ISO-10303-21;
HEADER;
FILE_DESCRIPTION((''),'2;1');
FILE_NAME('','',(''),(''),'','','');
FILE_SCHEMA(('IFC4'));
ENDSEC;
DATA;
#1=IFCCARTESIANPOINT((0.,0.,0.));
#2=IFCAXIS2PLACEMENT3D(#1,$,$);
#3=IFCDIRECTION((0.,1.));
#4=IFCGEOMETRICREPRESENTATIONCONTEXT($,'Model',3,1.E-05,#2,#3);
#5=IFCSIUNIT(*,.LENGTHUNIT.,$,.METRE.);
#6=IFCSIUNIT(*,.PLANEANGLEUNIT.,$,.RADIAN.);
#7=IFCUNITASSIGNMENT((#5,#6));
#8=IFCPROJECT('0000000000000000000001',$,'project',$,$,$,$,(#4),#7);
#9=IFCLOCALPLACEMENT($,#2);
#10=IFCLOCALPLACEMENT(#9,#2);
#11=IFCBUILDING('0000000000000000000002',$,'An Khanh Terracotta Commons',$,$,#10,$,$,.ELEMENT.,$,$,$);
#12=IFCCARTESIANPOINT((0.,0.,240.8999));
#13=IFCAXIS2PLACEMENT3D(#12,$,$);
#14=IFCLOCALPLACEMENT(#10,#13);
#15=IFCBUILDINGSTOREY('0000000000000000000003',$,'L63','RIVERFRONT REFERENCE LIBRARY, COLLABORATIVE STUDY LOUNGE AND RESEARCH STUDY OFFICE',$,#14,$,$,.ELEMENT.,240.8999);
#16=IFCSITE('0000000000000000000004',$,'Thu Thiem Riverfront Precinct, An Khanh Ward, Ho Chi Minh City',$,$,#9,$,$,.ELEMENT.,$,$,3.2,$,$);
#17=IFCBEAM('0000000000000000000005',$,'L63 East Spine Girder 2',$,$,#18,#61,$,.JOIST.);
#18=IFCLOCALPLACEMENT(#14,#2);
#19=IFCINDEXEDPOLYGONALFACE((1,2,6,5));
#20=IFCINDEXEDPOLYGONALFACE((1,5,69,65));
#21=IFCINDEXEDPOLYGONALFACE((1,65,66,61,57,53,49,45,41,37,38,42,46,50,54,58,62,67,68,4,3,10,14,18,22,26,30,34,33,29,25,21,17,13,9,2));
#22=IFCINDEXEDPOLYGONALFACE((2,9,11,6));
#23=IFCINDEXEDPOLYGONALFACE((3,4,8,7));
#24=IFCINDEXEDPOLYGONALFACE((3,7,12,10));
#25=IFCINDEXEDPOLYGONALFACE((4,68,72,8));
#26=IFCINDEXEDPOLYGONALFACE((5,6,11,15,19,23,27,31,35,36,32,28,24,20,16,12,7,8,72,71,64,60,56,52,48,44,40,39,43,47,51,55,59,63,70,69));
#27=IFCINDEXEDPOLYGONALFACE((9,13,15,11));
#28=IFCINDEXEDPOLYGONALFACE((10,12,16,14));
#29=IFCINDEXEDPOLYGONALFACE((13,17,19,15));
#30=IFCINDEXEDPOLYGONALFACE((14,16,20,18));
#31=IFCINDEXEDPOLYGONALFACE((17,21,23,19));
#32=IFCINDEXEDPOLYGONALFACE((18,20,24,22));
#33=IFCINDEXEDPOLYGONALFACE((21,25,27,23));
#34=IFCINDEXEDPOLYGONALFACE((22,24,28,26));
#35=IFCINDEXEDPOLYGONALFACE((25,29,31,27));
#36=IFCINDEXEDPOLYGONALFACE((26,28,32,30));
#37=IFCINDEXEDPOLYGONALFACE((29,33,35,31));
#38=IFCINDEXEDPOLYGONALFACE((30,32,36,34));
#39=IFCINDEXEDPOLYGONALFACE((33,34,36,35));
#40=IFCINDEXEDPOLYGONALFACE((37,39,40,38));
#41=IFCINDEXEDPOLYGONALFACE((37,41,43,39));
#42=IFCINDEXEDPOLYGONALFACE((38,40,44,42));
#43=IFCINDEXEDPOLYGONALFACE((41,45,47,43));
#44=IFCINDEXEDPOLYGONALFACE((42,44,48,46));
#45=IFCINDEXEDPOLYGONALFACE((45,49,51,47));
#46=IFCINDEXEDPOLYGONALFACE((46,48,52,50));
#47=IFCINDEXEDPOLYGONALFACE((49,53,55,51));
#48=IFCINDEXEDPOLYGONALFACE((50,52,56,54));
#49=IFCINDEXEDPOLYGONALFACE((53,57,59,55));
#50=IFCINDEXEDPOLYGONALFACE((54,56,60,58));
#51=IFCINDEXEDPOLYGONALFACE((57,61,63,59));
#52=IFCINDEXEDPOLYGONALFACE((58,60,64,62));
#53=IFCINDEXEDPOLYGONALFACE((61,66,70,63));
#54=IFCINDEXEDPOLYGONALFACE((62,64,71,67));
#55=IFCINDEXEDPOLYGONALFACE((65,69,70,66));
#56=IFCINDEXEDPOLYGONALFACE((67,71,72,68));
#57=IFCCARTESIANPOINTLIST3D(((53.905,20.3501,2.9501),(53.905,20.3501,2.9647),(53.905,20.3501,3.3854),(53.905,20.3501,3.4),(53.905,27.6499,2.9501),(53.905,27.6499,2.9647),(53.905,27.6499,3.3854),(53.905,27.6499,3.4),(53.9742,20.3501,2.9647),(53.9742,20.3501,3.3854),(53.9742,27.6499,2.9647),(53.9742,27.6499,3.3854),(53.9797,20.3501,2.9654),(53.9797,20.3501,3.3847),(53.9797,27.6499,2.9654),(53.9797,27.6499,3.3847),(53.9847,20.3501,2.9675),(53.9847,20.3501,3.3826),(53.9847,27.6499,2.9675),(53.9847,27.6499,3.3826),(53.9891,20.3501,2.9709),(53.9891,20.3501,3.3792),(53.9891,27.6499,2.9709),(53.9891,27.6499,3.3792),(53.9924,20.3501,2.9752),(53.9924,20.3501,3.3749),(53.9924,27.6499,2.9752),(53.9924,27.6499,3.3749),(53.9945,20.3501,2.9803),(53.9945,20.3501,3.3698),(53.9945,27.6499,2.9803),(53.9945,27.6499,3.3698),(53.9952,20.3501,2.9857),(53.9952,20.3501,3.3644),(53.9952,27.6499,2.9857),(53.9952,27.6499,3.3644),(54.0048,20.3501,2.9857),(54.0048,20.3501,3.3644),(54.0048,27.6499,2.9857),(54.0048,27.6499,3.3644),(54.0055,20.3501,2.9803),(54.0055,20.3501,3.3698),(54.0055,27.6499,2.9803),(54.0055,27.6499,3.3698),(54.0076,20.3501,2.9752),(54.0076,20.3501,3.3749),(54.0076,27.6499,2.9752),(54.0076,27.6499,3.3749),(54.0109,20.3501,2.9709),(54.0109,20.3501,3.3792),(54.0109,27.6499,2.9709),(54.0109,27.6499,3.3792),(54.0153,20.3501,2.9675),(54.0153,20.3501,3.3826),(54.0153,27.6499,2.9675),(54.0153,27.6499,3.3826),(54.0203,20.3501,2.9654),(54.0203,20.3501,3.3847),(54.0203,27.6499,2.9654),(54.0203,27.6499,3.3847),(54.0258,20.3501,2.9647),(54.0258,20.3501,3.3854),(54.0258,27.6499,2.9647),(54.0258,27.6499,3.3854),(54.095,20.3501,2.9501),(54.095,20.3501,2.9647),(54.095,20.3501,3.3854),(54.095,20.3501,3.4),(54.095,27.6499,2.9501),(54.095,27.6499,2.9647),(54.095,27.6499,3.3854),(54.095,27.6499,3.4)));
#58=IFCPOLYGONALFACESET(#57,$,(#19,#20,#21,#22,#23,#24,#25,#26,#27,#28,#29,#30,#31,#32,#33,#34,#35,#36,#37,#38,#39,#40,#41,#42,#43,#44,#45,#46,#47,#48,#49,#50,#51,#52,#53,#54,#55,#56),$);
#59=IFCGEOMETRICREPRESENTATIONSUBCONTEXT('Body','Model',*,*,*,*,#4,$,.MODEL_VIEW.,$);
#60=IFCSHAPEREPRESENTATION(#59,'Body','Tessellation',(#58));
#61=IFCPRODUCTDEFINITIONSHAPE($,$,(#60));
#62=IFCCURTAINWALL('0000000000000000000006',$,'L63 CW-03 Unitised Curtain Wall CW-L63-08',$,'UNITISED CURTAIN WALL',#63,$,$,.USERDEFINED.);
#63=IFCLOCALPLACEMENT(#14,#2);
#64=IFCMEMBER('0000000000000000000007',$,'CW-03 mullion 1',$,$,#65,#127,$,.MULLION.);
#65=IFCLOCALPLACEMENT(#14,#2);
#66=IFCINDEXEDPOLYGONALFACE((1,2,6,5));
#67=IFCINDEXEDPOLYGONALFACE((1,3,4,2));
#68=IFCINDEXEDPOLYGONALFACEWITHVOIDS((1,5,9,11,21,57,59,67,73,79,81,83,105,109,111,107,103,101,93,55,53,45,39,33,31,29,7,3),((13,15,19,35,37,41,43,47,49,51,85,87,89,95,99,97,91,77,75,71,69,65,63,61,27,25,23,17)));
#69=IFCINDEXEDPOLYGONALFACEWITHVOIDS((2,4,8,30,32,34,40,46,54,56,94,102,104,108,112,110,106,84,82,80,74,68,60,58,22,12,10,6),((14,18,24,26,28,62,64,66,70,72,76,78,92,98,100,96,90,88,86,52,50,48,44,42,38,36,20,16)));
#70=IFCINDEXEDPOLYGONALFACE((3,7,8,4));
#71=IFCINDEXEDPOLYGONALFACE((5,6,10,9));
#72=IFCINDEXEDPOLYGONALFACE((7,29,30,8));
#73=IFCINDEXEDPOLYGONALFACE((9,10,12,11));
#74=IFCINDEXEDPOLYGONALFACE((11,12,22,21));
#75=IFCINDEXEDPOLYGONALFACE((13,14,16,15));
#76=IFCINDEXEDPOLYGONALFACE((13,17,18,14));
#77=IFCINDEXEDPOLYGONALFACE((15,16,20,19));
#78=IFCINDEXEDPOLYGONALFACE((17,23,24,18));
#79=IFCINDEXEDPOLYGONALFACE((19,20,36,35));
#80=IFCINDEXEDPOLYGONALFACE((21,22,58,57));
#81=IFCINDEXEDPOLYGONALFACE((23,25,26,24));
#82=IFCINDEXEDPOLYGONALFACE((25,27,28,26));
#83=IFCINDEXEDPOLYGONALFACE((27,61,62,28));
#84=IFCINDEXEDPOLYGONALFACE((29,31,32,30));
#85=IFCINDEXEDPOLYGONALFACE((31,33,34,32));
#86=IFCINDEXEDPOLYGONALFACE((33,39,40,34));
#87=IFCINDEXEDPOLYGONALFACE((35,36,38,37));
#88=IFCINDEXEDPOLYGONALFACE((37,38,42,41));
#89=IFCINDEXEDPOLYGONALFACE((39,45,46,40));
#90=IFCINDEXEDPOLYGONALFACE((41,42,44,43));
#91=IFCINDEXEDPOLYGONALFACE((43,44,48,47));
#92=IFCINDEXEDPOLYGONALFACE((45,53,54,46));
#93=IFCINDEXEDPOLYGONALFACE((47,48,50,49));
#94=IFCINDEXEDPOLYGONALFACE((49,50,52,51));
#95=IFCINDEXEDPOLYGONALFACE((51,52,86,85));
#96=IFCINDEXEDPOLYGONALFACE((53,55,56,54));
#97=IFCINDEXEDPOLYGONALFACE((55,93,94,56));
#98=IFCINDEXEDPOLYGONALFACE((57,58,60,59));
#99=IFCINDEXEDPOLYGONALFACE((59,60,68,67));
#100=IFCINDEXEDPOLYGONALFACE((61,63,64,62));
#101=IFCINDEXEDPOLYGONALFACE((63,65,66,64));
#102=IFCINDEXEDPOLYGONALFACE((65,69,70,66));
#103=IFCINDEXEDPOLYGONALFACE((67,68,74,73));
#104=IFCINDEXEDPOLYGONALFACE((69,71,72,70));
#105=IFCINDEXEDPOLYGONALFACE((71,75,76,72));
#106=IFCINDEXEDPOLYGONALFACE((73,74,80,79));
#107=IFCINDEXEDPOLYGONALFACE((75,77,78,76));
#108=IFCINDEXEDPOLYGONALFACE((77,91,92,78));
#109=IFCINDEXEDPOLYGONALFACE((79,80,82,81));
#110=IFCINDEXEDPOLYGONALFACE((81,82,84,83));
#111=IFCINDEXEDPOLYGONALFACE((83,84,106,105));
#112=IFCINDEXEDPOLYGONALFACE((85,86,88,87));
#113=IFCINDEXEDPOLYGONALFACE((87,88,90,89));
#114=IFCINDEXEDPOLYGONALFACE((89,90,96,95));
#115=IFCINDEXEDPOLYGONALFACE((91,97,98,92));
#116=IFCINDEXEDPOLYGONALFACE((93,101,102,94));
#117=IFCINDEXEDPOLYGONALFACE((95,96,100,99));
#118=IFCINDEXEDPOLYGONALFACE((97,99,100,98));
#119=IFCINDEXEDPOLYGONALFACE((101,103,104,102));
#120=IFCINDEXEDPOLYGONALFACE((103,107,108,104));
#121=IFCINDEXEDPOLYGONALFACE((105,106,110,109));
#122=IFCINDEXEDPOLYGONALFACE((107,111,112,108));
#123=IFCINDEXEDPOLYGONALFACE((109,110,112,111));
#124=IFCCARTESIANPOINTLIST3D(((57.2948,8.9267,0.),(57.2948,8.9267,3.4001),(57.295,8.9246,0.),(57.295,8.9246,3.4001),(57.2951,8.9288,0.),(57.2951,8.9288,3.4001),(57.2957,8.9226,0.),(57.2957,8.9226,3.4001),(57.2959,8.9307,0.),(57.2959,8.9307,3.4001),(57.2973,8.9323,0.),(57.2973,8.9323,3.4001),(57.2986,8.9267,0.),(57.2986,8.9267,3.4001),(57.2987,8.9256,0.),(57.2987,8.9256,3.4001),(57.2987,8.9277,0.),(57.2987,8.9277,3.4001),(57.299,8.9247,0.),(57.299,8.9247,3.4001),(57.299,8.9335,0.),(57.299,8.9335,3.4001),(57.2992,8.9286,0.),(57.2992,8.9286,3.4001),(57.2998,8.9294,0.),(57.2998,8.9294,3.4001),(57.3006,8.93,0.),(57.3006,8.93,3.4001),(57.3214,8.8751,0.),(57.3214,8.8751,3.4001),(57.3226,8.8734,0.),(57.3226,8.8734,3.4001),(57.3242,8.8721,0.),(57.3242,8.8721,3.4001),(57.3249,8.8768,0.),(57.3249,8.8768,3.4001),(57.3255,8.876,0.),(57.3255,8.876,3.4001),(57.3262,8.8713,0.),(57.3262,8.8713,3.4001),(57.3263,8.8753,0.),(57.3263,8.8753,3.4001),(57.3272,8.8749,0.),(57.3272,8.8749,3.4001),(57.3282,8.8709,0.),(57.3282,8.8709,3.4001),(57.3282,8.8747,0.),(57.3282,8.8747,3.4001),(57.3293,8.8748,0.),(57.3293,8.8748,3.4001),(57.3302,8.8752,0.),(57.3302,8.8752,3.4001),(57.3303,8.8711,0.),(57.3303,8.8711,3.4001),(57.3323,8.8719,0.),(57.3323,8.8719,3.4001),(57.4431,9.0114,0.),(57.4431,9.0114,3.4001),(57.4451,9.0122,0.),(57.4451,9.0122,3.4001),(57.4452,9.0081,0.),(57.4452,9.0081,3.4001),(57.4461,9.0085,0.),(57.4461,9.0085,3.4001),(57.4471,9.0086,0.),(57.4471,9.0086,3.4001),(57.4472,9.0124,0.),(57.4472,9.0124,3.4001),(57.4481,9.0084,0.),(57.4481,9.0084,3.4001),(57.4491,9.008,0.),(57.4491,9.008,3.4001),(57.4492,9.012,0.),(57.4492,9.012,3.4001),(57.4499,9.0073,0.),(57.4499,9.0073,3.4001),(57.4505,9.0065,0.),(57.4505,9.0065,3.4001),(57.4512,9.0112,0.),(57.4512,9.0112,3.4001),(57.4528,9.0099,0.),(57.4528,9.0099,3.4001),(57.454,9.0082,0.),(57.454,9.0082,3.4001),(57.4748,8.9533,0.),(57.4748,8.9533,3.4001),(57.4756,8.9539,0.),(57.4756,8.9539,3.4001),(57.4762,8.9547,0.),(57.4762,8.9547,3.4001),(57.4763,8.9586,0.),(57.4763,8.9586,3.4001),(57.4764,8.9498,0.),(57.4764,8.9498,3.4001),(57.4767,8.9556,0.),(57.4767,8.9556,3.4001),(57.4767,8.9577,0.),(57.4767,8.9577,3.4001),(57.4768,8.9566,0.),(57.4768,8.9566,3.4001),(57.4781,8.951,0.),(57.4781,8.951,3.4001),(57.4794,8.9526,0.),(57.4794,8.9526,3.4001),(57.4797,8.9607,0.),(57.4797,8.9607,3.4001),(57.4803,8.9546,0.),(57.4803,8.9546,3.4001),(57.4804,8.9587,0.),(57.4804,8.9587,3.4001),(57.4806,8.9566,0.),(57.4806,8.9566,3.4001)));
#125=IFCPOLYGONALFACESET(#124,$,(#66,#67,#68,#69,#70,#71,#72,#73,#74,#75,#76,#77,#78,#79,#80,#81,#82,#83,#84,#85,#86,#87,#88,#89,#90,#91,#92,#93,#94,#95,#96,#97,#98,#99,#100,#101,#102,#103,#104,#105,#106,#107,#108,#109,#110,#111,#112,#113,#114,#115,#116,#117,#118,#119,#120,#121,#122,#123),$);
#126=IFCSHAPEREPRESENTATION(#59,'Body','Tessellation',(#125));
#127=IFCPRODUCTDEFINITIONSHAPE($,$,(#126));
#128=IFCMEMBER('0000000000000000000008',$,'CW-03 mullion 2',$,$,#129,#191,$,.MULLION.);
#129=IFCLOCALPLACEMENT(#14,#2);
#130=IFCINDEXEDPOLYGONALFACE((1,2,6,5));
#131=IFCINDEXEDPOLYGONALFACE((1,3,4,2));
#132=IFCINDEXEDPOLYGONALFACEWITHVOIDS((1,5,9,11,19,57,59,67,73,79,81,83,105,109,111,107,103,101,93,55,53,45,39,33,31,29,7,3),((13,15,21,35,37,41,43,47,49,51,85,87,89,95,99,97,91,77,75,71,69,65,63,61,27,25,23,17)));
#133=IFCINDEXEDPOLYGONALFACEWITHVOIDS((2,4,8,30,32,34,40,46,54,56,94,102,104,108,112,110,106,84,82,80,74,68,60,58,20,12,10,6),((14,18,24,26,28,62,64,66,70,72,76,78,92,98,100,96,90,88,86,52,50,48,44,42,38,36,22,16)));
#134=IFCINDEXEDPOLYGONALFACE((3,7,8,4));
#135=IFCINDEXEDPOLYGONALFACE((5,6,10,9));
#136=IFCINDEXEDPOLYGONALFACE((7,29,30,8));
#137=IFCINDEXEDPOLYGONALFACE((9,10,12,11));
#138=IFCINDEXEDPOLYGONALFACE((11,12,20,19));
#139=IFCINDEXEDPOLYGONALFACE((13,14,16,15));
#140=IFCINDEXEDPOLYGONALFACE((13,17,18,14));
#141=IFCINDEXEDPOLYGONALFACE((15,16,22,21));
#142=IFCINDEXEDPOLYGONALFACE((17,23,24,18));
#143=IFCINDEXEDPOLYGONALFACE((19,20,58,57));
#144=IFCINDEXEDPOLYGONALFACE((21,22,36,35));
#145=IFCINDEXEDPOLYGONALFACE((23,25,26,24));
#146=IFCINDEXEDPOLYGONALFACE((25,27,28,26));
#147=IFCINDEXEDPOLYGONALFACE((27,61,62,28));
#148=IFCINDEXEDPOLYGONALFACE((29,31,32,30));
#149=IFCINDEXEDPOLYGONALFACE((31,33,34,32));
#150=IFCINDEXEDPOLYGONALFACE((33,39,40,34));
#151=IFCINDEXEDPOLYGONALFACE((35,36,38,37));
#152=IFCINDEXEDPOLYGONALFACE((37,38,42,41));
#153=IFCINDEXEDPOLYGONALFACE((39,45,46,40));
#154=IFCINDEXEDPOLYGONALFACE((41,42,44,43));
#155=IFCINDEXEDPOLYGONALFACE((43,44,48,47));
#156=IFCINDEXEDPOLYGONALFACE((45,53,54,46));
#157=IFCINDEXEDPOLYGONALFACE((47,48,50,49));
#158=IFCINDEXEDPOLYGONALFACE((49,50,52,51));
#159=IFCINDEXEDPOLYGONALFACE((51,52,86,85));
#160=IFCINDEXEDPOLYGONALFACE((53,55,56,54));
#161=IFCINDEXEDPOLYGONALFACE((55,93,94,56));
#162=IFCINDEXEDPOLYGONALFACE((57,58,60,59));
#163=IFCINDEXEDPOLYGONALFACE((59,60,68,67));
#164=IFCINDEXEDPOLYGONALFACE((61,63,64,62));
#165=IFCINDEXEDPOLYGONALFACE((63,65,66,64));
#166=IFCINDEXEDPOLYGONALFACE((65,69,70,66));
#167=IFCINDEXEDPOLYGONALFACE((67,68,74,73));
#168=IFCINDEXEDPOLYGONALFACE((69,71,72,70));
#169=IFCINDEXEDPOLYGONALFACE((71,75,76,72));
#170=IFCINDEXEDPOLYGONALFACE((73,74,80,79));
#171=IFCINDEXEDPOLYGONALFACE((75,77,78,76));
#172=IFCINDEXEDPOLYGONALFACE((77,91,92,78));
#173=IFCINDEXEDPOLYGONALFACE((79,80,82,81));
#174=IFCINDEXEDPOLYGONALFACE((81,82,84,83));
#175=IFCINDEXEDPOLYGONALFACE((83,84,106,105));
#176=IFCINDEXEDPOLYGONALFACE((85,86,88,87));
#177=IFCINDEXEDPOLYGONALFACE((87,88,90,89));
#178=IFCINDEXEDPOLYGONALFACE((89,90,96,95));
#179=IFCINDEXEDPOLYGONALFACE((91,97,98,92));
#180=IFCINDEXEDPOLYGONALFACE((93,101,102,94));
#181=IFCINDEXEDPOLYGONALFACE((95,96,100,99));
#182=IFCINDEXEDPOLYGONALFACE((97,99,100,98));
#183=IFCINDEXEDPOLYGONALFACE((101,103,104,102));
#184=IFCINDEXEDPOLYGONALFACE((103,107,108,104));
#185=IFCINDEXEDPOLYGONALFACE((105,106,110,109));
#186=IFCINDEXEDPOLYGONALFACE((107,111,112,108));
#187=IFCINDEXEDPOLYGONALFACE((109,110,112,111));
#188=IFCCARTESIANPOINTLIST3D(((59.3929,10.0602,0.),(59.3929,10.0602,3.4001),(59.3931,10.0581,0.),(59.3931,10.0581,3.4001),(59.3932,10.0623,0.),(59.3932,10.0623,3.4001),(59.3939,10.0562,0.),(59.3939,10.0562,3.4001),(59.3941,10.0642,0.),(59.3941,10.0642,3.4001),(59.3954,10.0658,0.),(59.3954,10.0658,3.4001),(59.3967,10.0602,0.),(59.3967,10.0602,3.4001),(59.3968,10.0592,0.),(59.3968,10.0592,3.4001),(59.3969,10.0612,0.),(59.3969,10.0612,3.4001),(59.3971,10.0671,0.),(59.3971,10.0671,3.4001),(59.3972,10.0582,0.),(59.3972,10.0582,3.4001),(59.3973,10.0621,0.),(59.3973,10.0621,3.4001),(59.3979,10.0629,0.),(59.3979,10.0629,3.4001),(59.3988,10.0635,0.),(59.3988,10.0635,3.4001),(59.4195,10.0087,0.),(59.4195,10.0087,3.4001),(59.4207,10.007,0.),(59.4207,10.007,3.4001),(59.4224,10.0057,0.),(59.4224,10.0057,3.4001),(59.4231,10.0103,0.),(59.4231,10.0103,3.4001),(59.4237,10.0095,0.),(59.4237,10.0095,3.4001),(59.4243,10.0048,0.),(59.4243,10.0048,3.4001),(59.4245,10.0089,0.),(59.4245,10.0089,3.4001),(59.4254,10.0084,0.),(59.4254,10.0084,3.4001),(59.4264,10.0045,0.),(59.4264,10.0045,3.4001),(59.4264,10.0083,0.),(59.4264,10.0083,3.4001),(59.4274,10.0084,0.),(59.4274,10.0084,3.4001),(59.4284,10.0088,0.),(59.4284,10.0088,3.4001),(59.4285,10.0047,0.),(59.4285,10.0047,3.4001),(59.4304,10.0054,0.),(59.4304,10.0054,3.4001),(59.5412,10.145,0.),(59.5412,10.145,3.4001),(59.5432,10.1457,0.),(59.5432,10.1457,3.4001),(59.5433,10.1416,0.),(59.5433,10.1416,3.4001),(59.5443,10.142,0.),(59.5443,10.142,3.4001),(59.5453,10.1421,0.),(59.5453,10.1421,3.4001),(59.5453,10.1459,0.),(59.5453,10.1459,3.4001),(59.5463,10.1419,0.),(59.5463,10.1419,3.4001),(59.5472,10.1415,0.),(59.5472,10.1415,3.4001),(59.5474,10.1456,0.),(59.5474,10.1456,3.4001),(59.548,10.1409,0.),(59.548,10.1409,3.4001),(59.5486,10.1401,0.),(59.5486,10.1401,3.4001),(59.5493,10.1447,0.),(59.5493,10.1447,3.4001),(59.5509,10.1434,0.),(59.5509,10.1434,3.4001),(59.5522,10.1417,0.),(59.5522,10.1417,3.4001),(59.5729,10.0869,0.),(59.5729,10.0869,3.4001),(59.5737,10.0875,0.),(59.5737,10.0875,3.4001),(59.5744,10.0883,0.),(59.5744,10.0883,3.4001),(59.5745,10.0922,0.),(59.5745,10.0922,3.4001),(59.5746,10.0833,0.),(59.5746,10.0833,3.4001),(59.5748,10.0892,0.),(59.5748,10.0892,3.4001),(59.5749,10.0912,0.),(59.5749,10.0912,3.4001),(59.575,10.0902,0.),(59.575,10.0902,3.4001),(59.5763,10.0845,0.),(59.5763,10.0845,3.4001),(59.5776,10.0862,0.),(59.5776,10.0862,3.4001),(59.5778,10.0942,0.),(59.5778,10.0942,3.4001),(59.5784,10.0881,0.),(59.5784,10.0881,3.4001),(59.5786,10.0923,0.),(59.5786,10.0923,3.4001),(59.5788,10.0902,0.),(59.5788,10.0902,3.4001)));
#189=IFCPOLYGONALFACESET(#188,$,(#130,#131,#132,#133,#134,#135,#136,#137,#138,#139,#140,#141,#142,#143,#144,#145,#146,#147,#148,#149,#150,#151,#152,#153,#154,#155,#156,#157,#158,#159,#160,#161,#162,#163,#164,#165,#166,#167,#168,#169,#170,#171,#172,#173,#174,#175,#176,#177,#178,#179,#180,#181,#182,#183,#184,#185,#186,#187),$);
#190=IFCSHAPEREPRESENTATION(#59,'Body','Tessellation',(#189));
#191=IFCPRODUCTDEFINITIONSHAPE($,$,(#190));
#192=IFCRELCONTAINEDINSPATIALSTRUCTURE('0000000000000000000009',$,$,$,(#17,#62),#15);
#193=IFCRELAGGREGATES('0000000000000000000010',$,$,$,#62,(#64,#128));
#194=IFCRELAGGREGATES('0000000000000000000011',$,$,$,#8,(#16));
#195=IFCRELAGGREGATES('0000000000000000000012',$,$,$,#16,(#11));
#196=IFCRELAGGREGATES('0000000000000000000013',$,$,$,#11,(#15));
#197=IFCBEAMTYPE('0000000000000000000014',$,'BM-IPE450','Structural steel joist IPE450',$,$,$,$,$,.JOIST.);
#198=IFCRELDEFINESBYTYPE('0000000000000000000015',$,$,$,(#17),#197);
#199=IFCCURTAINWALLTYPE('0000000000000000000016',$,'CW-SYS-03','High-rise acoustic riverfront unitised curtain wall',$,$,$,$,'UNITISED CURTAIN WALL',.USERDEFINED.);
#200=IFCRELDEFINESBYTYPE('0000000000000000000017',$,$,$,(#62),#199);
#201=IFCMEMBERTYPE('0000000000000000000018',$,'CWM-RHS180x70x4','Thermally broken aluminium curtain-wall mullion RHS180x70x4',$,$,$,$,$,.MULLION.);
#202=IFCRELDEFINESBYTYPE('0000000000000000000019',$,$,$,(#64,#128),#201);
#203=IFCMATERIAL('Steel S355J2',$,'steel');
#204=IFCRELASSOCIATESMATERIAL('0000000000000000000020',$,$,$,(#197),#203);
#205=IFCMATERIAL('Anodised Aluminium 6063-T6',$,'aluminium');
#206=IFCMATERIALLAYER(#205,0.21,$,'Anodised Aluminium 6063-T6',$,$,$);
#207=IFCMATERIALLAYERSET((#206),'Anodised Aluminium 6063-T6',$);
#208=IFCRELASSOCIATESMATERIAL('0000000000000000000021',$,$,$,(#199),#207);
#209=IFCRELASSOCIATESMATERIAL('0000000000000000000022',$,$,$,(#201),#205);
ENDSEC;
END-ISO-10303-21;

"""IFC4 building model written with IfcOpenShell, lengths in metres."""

from ifc_helpers import new_model, si_unit, direction, frame, origin, origin_2d, place, context, subcontext, project, spatial, hollow_rectangle, i_section, extrude, material, layer, layer_set, material_profile, profile_set, type_object, element, aggregate, save


model = new_model("IFC4")

# Units and contexts
model_context = context("Model", 3, precision=1e-05, world=origin(), true_north=direction((0.0, 1.0)))
body_context = subcontext(model_context, "Body", "Model", "MODEL_VIEW")
ifc_project = project(units=[si_unit("LENGTHUNIT", "METRE"), si_unit("PLANEANGLEUNIT", "RADIAN")], contexts=[model_context])

# Site, building, storey
site_placement = place(None, origin())
site = spatial("IfcSite", under=ifc_project, at=site_placement, Name="Thu Thiem Riverfront Precinct, An Khanh Ward, Ho Chi Minh City", CompositionType="ELEMENT", RefElevation=3.2)
building_placement = place(site_placement, origin())
building = spatial("IfcBuilding", under=site, at=building_placement, Name="An Khanh Terracotta Commons", CompositionType="ELEMENT")
storey_placement = place(building_placement, frame((0.0, 0.0, 240.8999)))
storey = spatial("IfcBuildingStorey", under=building, at=storey_placement, Name="L63", Description="RIVERFRONT REFERENCE LIBRARY, COLLABORATIVE STUDY LOUNGE AND RESEARCH STUDY OFFICE", CompositionType="ELEMENT", Elevation=240.8999)

# Beam
ifc_material_1 = material(Name="Steel S355J2", Category="steel")
ifc_material_profile_1 = material_profile(ifc_material_1, i_section(OverallWidth=0.1899, OverallDepth=0.45, WebThickness=0.0095, FlangeThickness=0.0146, FilletRadius=0.021, at=origin_2d()), Name="IPE450")
ifc_profile_set_1 = profile_set([ifc_material_profile_1], Name="Steel S355J2")
beam_type_1 = type_object("IfcBeamType", Name="BM-IPE450", Description="Structural steel joist IPE450", PredefinedType="JOIST", material=ifc_profile_set_1)
beam_1_placement = place(storey_placement, frame((54.0, 20.3501, 3.175), z_axis=(0.0, 1.0, 0.0), x_axis=(-1.0, 0.0, 0.0)))
element("IfcBeam", 1, at=beam_1_placement, inside=storey, type_object=beam_type_1, Name="L63 East Spine Girder 2", PredefinedType="JOIST", context=body_context, shape_type="SweptSolid", body=[
    extrude(i_section(OverallWidth=0.1899, OverallDepth=0.45, WebThickness=0.0095, FlangeThickness=0.0146, FilletRadius=0.021, at=origin_2d()), origin(), (0.0, 0.0, 1.0), 7.2998),
])

# Curtain wall, members
ifc_material_2 = material(Name="Anodised Aluminium 6063-T6", Category="aluminium")
ifc_layer_1 = layer(ifc_material_2, 0.21, Name="Anodised Aluminium 6063-T6")
ifc_layer_set_1 = layer_set([ifc_layer_1], Name="Anodised Aluminium 6063-T6")
curtain_wall_type = type_object("IfcCurtainWallType", Name="CW-SYS-03", Description="High-rise acoustic riverfront unitised curtain wall", ElementType="UNITISED CURTAIN WALL", PredefinedType="USERDEFINED", material=ifc_layer_set_1)
curtain_wall_placement = place(storey_placement, origin())
curtain_wall = element("IfcCurtainWall", 2, at=curtain_wall_placement, inside=storey, type_object=curtain_wall_type, Name="L63 CW-03 Unitised Curtain Wall CW-L63-08", ObjectType="UNITISED CURTAIN WALL", PredefinedType="USERDEFINED")
ifc_material_profile_2 = material_profile(ifc_material_2, hollow_rectangle(XDim=0.0701, YDim=0.1799, WallThickness=0.0039, InnerFilletRadius=0.0039, OuterFilletRadius=0.0081, at=origin_2d()), Name="RHS180x70x4")
ifc_profile_set_2 = profile_set([ifc_material_profile_2], Name="Anodised Aluminium 6063-T6")
member_type_1 = type_object("IfcMemberType", Name="CWM-RHS180x70x4", Description="Thermally broken aluminium curtain-wall mullion RHS180x70x4", PredefinedType="MULLION", material=ifc_profile_set_2)
member_1_placement = place(storey_placement, frame((57.3877, 8.9417, 0.0), z_axis=(0.0, 0.0, 1.0), x_axis=(-0.475381, 0.87978, 0.0)))
member_1 = element("IfcMember", 3, at=member_1_placement, type_object=member_type_1, Name="CW-03 mullion 1", PredefinedType="MULLION", context=body_context, shape_type="SweptSolid", body=[
    extrude(hollow_rectangle(XDim=0.0701, YDim=0.1799, WallThickness=0.0039, InnerFilletRadius=0.0039, OuterFilletRadius=0.0081, at=origin_2d()), origin(), (0.0, 0.0, 1.0), 3.4001),
])
member_2_placement = place(storey_placement, frame((59.4858, 10.0752, 0.0), z_axis=(0.0, 0.0, 1.0), x_axis=(-0.475381, 0.87978, 0.0)))
member_2 = element("IfcMember", 4, at=member_2_placement, type_object=member_type_1, Name="CW-03 mullion 2", PredefinedType="MULLION", context=body_context, shape_type="SweptSolid", body=[
    extrude(hollow_rectangle(XDim=0.0701, YDim=0.1799, WallThickness=0.0039, InnerFilletRadius=0.0039, OuterFilletRadius=0.0081, at=origin_2d()), origin(), (0.0, 0.0, 1.0), 3.4001),
])
aggregate(curtain_wall, [member_1, member_2])

save(model, "model.ifc")
